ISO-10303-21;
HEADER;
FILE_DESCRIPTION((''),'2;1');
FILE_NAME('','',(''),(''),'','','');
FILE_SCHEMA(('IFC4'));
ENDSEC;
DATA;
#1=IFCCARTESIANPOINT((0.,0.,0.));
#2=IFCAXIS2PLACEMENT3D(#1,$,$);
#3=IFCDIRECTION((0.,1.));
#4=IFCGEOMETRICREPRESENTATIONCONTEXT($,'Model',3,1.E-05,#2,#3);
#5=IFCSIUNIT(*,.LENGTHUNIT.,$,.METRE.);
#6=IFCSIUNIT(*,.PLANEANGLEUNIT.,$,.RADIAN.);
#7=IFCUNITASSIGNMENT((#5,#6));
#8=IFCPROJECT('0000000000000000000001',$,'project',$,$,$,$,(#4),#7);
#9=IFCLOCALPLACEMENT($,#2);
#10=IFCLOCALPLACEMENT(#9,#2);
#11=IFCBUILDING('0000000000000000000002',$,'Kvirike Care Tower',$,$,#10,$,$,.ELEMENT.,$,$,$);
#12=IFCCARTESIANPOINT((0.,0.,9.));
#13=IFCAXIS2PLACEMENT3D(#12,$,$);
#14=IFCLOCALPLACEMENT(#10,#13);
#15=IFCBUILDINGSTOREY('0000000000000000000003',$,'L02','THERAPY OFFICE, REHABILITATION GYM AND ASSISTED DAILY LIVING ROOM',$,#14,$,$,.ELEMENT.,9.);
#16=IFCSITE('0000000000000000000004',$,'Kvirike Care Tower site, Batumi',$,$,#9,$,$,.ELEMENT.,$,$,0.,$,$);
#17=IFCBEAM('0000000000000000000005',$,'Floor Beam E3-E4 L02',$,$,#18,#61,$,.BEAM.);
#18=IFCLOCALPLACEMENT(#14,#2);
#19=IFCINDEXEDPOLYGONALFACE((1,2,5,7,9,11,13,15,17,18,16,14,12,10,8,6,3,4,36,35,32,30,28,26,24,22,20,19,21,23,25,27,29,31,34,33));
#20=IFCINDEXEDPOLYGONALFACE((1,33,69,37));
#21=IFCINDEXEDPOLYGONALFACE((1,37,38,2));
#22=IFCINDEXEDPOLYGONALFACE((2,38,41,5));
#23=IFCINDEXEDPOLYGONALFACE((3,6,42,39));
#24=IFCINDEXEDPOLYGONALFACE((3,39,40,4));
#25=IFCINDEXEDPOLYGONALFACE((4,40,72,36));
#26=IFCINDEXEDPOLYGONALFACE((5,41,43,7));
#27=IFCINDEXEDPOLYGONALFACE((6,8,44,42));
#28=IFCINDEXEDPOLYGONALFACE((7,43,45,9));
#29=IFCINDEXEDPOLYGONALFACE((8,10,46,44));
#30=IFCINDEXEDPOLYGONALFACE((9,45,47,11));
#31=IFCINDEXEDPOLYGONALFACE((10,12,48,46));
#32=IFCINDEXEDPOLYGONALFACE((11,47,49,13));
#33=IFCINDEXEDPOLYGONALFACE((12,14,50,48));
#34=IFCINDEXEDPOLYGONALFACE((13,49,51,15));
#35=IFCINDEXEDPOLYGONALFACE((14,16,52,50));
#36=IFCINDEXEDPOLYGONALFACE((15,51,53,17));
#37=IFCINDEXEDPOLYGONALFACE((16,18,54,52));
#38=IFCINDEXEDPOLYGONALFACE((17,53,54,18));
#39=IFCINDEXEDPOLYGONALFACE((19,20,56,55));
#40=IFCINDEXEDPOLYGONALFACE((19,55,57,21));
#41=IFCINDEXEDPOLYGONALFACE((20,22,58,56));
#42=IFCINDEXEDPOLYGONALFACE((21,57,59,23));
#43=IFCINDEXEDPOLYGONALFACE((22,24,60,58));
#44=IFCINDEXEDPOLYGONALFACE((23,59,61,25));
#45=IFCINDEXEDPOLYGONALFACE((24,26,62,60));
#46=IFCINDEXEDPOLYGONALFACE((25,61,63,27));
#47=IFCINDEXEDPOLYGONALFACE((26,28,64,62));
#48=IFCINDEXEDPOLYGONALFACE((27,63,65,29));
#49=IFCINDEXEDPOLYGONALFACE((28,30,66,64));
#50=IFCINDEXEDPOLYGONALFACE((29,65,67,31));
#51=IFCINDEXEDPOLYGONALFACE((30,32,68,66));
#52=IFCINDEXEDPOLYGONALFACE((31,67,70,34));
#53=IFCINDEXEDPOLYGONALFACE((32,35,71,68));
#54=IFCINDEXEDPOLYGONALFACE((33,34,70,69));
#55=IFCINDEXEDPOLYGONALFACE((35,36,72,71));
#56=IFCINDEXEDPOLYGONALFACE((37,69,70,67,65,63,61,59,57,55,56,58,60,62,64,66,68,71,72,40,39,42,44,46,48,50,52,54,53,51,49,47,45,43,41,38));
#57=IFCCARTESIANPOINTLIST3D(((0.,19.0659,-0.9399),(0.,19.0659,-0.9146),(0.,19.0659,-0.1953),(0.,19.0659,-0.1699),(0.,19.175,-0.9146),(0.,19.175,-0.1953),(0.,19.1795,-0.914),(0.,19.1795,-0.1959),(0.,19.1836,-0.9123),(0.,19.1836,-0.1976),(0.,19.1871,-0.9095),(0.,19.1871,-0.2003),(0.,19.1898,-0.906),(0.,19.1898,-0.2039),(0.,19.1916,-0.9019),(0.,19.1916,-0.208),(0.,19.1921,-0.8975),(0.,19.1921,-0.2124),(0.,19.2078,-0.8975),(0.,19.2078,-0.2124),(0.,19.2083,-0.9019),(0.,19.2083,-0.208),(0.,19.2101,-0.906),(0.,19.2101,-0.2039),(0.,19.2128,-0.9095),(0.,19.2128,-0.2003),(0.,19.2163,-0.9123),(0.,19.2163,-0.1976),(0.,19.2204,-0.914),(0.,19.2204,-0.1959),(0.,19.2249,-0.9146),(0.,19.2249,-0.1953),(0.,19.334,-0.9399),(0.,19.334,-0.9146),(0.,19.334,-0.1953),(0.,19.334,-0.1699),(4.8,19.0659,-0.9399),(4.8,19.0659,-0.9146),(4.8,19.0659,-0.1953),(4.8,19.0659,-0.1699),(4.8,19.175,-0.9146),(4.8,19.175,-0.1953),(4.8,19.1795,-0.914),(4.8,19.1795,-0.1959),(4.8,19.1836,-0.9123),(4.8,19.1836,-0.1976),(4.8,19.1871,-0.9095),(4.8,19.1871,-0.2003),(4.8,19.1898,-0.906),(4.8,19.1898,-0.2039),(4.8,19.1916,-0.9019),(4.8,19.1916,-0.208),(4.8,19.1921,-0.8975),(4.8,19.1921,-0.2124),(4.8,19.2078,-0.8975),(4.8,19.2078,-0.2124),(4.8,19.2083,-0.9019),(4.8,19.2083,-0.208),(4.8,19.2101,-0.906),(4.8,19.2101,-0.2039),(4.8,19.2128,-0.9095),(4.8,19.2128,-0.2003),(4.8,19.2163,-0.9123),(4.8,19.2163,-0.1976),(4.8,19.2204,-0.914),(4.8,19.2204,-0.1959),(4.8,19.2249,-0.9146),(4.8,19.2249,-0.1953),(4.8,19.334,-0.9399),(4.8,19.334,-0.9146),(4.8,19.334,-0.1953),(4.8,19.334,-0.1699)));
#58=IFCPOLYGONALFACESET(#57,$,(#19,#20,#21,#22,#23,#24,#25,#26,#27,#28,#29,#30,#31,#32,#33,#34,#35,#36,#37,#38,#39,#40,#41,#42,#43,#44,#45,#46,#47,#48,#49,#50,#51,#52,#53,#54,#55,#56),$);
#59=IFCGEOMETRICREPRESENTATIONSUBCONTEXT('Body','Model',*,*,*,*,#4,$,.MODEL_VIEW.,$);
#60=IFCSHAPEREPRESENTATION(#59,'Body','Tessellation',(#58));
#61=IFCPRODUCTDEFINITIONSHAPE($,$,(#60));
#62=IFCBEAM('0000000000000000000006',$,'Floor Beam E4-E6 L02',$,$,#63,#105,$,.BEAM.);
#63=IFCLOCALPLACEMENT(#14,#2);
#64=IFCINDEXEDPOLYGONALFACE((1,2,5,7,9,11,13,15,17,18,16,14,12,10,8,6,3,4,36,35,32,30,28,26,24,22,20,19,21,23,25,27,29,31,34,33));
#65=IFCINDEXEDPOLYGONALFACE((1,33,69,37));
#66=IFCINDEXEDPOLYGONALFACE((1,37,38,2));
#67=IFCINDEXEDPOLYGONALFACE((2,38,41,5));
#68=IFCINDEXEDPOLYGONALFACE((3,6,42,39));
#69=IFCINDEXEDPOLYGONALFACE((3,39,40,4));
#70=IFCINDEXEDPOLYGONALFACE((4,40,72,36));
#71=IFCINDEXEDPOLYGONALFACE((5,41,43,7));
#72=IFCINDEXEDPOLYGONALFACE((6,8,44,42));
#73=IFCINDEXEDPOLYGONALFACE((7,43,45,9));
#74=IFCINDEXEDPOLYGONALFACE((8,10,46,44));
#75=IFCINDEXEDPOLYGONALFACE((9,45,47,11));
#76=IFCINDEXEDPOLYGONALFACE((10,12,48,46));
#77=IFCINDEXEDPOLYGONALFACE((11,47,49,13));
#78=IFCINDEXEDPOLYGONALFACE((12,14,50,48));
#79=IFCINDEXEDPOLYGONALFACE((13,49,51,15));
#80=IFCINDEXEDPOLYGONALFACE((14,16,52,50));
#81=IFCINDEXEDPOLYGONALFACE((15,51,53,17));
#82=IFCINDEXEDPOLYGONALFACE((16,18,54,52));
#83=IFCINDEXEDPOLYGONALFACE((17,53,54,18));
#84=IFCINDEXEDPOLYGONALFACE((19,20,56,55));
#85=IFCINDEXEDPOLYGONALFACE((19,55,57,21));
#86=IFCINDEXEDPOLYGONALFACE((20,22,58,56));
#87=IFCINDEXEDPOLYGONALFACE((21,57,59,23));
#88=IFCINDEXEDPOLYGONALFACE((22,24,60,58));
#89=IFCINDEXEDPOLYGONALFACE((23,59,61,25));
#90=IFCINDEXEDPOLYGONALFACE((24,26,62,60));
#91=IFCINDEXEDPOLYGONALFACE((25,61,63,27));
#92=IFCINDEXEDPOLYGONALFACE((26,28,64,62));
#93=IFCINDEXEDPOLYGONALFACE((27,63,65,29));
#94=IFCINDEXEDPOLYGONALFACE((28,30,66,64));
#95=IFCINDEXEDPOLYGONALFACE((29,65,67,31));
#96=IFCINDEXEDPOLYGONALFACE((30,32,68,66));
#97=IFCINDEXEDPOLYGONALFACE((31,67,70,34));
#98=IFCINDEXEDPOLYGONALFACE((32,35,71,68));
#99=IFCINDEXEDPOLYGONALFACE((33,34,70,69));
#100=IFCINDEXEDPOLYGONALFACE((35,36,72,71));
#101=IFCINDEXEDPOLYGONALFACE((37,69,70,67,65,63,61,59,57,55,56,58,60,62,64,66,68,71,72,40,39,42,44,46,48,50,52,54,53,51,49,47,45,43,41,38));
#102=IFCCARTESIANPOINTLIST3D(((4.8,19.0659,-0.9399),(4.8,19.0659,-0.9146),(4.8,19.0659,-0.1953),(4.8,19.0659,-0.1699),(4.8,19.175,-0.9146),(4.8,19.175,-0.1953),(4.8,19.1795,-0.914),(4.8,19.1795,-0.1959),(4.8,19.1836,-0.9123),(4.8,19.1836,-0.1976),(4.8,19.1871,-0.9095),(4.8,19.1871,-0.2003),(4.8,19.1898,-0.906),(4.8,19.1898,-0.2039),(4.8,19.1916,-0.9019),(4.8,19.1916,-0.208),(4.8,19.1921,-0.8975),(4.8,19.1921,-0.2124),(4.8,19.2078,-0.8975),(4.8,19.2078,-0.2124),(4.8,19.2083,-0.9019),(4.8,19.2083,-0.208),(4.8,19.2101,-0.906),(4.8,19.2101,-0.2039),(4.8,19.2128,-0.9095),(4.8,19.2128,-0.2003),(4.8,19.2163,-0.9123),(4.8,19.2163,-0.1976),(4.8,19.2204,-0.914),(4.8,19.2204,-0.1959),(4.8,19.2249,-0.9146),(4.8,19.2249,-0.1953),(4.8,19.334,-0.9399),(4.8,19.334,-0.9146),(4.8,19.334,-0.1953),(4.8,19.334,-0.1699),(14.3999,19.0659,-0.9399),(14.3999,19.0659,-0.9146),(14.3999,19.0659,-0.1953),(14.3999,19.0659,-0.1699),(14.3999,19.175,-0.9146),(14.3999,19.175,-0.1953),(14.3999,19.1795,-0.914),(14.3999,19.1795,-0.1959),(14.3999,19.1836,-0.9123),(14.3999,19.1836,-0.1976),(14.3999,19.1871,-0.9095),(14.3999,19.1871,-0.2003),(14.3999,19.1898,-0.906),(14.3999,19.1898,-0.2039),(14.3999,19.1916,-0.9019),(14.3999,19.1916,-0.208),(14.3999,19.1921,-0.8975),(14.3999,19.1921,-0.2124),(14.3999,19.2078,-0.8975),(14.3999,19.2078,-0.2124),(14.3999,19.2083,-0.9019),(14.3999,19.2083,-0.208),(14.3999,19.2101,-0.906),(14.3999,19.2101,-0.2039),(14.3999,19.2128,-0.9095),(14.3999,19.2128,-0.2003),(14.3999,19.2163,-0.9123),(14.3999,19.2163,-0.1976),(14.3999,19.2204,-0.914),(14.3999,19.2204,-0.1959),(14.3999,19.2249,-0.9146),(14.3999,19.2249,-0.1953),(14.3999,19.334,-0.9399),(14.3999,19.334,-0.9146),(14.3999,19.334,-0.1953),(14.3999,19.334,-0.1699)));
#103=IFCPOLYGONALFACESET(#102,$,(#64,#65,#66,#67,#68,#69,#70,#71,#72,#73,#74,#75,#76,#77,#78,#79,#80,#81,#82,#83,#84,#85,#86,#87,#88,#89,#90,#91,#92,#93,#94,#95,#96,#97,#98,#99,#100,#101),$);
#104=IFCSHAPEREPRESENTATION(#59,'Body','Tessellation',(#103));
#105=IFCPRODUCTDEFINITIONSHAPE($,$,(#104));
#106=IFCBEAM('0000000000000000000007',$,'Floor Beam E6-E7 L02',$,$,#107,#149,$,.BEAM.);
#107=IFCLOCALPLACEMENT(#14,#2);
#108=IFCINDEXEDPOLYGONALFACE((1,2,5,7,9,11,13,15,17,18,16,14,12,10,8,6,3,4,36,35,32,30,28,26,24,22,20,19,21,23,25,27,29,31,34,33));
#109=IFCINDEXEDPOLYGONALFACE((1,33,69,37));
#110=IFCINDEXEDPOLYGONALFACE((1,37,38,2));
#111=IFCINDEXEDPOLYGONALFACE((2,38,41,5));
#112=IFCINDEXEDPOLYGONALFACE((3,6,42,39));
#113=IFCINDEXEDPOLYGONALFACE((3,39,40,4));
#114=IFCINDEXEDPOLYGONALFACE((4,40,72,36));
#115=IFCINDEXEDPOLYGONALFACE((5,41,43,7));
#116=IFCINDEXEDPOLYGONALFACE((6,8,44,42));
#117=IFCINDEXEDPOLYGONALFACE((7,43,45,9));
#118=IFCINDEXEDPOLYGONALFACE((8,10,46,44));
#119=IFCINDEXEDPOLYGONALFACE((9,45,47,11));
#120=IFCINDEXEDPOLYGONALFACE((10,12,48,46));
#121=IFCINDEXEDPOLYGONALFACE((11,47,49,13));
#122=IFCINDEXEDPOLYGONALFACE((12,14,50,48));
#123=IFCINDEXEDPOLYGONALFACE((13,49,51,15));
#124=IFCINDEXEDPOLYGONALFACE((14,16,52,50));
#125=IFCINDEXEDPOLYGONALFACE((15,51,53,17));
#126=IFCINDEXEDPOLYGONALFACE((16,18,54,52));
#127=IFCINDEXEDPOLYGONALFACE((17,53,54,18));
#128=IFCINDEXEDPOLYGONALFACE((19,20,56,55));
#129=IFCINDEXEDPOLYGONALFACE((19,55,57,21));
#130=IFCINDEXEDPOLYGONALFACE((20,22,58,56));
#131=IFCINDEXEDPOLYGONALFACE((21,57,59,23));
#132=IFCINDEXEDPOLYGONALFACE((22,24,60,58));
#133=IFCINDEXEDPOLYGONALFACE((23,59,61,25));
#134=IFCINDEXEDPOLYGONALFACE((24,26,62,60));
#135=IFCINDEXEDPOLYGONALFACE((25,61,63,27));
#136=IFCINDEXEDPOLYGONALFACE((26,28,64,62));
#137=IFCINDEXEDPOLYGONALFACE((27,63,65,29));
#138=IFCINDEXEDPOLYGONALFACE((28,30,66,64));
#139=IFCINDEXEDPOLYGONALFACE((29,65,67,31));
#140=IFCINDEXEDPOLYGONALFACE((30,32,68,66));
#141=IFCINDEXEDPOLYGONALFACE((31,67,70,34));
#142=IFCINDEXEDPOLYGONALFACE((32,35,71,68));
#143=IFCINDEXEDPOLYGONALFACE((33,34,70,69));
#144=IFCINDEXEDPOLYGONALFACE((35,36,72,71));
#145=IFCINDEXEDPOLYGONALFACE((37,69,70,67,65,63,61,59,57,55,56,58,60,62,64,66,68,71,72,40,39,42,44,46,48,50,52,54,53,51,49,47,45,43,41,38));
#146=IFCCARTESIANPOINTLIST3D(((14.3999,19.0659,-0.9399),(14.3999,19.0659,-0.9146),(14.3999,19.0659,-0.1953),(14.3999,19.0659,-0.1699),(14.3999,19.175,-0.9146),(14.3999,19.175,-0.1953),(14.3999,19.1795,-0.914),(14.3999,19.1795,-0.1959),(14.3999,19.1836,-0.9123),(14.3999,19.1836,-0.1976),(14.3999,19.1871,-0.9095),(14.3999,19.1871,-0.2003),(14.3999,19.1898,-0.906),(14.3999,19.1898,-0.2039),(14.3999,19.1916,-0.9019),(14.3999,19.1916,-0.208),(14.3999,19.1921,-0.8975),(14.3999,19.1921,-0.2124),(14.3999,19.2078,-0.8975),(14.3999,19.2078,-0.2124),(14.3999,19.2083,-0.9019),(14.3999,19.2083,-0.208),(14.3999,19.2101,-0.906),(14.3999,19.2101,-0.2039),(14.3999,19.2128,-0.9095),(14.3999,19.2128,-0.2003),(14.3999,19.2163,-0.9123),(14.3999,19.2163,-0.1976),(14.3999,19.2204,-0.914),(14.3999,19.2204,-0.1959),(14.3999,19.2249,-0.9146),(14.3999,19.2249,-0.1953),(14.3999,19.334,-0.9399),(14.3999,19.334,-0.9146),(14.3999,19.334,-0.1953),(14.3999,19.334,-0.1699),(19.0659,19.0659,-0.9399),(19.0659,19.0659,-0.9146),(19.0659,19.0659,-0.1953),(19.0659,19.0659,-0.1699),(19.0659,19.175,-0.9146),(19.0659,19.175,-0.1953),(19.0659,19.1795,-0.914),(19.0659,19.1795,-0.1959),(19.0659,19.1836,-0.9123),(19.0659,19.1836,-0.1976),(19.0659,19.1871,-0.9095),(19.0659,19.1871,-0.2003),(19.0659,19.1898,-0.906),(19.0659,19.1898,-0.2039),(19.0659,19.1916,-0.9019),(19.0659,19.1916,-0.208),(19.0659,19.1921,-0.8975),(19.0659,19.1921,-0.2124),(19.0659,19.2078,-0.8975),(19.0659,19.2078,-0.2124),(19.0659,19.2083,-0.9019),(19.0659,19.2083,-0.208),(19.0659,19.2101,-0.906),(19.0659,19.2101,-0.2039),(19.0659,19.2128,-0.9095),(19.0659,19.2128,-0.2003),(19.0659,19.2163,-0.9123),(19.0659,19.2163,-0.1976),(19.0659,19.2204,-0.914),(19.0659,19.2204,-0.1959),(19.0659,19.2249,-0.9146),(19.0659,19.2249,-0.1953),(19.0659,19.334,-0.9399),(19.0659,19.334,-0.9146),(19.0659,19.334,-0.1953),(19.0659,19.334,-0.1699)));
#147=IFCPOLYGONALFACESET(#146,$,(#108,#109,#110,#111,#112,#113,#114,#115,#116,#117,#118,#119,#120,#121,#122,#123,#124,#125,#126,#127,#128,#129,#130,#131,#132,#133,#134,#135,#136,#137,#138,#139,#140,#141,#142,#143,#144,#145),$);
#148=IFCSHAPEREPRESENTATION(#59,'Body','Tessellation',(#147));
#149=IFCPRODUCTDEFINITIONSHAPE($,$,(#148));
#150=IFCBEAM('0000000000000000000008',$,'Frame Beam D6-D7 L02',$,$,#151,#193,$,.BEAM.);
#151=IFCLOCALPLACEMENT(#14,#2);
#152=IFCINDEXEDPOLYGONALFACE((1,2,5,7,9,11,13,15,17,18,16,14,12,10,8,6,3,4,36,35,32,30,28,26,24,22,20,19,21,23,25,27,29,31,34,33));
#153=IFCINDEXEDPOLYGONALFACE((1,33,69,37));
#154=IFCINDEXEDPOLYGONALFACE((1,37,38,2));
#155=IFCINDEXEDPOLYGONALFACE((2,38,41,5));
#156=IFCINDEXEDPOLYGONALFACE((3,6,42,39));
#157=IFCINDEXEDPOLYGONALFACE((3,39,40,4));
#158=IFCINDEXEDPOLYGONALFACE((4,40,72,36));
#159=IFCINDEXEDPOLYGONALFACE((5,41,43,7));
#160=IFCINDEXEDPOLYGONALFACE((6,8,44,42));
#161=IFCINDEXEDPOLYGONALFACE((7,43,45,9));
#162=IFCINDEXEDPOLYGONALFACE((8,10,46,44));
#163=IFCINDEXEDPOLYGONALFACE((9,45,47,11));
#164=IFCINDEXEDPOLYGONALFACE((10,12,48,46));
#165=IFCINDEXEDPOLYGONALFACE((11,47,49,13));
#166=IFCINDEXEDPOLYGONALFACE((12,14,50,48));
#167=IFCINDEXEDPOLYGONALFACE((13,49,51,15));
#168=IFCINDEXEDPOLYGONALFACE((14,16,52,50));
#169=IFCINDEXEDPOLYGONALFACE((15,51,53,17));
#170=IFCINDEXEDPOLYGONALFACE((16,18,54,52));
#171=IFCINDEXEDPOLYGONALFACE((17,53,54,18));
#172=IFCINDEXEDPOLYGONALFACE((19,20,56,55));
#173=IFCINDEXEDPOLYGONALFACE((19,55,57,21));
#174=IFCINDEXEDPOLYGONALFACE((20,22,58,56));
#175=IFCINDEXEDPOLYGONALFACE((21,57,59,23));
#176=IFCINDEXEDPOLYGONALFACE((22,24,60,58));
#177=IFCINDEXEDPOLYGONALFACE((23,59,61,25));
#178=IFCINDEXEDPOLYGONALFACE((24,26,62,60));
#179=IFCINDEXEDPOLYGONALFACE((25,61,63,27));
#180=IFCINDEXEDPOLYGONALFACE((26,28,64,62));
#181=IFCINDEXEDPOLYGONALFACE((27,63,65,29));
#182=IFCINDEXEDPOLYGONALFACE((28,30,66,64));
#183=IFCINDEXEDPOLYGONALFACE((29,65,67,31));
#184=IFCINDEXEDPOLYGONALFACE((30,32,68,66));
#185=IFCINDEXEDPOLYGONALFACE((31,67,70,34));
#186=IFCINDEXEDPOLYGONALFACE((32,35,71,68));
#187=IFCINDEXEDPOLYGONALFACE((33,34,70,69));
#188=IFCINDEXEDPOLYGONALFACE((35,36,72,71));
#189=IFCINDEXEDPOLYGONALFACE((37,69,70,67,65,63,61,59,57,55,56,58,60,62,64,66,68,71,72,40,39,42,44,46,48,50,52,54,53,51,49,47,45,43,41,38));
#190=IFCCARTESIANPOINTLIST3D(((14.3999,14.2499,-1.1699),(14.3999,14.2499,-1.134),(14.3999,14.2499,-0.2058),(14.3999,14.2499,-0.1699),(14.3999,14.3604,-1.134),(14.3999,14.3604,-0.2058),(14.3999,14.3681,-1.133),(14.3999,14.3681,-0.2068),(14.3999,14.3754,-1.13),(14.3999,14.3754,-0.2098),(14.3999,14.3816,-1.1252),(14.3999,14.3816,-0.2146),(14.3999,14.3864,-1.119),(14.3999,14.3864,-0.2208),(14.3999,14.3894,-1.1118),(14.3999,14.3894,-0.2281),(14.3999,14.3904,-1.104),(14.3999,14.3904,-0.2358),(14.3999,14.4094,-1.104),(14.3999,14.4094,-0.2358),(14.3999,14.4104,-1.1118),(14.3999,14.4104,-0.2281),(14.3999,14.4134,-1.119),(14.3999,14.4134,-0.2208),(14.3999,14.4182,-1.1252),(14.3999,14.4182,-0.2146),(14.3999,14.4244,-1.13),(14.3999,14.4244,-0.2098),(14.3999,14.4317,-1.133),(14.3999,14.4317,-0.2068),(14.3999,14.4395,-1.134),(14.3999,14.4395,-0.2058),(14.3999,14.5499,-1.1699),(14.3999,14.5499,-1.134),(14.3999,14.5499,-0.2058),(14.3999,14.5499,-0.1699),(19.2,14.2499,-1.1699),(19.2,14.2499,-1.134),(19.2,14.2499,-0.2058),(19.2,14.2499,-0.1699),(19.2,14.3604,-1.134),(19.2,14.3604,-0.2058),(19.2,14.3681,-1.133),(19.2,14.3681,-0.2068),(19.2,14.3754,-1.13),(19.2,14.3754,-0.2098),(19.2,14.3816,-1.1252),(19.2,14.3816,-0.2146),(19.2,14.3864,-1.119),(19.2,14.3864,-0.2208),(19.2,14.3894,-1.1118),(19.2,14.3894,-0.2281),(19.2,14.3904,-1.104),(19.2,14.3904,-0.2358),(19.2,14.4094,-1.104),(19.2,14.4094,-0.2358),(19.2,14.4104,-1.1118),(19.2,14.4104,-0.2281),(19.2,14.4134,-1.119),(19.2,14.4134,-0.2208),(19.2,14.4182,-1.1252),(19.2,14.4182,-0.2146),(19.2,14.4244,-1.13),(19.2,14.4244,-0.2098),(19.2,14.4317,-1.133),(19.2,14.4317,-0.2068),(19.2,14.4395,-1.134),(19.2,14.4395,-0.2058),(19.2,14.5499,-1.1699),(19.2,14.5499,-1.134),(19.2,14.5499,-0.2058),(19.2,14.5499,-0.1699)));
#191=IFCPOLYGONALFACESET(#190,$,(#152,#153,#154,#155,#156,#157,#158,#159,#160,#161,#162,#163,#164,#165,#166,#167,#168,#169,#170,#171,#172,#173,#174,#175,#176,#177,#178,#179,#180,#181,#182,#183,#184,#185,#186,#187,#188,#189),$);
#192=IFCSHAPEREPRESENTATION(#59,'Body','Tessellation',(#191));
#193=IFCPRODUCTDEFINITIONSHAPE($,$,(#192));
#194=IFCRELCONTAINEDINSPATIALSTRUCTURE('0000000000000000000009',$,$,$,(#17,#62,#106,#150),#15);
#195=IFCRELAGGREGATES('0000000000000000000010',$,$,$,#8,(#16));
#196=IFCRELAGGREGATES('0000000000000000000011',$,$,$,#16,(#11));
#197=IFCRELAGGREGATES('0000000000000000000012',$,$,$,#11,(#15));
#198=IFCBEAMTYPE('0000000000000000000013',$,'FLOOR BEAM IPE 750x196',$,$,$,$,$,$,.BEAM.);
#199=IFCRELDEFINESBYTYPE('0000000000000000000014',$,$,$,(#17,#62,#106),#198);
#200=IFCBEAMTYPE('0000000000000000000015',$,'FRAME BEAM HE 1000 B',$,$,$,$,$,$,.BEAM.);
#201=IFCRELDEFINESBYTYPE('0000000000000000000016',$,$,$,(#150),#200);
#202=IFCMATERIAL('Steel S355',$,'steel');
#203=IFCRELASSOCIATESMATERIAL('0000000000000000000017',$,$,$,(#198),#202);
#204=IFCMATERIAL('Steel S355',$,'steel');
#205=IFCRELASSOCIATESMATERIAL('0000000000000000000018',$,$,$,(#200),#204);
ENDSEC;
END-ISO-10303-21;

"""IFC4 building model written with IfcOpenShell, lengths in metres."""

from ifc_helpers import new_model, si_unit, direction, frame, origin, origin_2d, place, context, subcontext, project, spatial, i_section, extrude, material, material_profile, profile_set, type_object, element, save


model = new_model("IFC4")

# Units and contexts
model_context = context("Model", 3, precision=1e-05, world=origin(), true_north=direction((0.0, 1.0)))
body_context = subcontext(model_context, "Body", "Model", "MODEL_VIEW")
ifc_project = project(units=[si_unit("LENGTHUNIT", "METRE"), si_unit("PLANEANGLEUNIT", "RADIAN")], contexts=[model_context])

# Site, building, storey
site_placement = place(None, origin())
site = spatial("IfcSite", under=ifc_project, at=site_placement, Name="Kvirike Care Tower site, Batumi", CompositionType="ELEMENT", RefElevation=0.0)
building_placement = place(site_placement, origin())
building = spatial("IfcBuilding", under=site, at=building_placement, Name="Kvirike Care Tower", CompositionType="ELEMENT")
storey_placement = place(building_placement, frame((0.0, 0.0, 9.0)))
storey = spatial("IfcBuildingStorey", under=building, at=storey_placement, Name="L02", Description="THERAPY OFFICE, REHABILITATION GYM AND ASSISTED DAILY LIVING ROOM", CompositionType="ELEMENT", Elevation=9.0)

# Beams
ifc_material_1 = material(Name="Steel S355", Category="steel")
ifc_material_profile_1 = material_profile(ifc_material_1, i_section(OverallWidth=0.2681, OverallDepth=0.77, WebThickness=0.0156, FlangeThickness=0.0254, FilletRadius=0.0171, at=origin_2d()), Name="IPE 750x196")
ifc_profile_set_1 = profile_set([ifc_material_profile_1], Name="Steel S355")
beam_type_1 = type_object("IfcBeamType", Name="FLOOR BEAM IPE 750x196", PredefinedType="BEAM", material=ifc_profile_set_1)
beam_1_placement = place(storey_placement, frame((0.0, 19.2, -0.5549), z_axis=(1.0, 0.0, 0.0), x_axis=(0.0, 1.0, 0.0)))
element("IfcBeam", 1, at=beam_1_placement, inside=storey, type_object=beam_type_1, Name="Floor Beam E3-E4 L02", PredefinedType="BEAM", context=body_context, shape_type="SweptSolid", body=[
    extrude(i_section(OverallWidth=0.2681, OverallDepth=0.77, WebThickness=0.0156, FlangeThickness=0.0254, FilletRadius=0.0171, at=origin_2d()), origin(), (0.0, 0.0, 1.0), 4.8),
])
beam_2_placement = place(storey_placement, frame((4.8, 19.2, -0.5549), z_axis=(1.0, 0.0, 0.0), x_axis=(0.0, 1.0, 0.0)))
element("IfcBeam", 2, at=beam_2_placement, inside=storey, type_object=beam_type_1, Name="Floor Beam E4-E6 L02", PredefinedType="BEAM", context=body_context, shape_type="SweptSolid", body=[
    extrude(i_section(OverallWidth=0.2681, OverallDepth=0.77, WebThickness=0.0156, FlangeThickness=0.0254, FilletRadius=0.0171, at=origin_2d()), origin(), (0.0, 0.0, 1.0), 9.5999),
])
beam_3_placement = place(storey_placement, frame((14.3999, 19.2, -0.5549), z_axis=(1.0, 0.0, 0.0), x_axis=(0.0, 1.0, 0.0)))
element("IfcBeam", 3, at=beam_3_placement, inside=storey, type_object=beam_type_1, Name="Floor Beam E6-E7 L02", PredefinedType="BEAM", context=body_context, shape_type="SweptSolid", body=[
    extrude(i_section(OverallWidth=0.2681, OverallDepth=0.77, WebThickness=0.0156, FlangeThickness=0.0254, FilletRadius=0.0171, at=origin_2d()), origin(), (0.0, 0.0, 1.0), 4.666),
])
ifc_material_2 = material(Name="Steel S355", Category="steel")
ifc_material_profile_2 = material_profile(ifc_material_2, i_section(OverallWidth=0.3, OverallDepth=1.0, WebThickness=0.019, FlangeThickness=0.0359, FilletRadius=0.03, at=origin_2d()), Name="HE 1000 B")
ifc_profile_set_2 = profile_set([ifc_material_profile_2], Name="Steel S355")
beam_type_2 = type_object("IfcBeamType", Name="FRAME BEAM HE 1000 B", PredefinedType="BEAM", material=ifc_profile_set_2)
for number, where, z_axis, x_axis, name in (
    (4, (14.3999, 14.3999, -0.6699), (1.0, 0.0, 0.0), (0.0, 1.0, 0.0), "Frame Beam D6-D7 L02"),
):
    element("IfcBeam", number, at=place(storey_placement, frame(where, z_axis=z_axis, x_axis=x_axis)), inside=storey, type_object=beam_type_2, Name=name, PredefinedType="BEAM", context=body_context, shape_type="SweptSolid", body=[
        extrude(i_section(OverallWidth=0.3, OverallDepth=1.0, WebThickness=0.019, FlangeThickness=0.0359, FilletRadius=0.03, at=origin_2d()), origin(), (0.0, 0.0, 1.0), 4.8),
    ])

save(model, "model.ifc")
